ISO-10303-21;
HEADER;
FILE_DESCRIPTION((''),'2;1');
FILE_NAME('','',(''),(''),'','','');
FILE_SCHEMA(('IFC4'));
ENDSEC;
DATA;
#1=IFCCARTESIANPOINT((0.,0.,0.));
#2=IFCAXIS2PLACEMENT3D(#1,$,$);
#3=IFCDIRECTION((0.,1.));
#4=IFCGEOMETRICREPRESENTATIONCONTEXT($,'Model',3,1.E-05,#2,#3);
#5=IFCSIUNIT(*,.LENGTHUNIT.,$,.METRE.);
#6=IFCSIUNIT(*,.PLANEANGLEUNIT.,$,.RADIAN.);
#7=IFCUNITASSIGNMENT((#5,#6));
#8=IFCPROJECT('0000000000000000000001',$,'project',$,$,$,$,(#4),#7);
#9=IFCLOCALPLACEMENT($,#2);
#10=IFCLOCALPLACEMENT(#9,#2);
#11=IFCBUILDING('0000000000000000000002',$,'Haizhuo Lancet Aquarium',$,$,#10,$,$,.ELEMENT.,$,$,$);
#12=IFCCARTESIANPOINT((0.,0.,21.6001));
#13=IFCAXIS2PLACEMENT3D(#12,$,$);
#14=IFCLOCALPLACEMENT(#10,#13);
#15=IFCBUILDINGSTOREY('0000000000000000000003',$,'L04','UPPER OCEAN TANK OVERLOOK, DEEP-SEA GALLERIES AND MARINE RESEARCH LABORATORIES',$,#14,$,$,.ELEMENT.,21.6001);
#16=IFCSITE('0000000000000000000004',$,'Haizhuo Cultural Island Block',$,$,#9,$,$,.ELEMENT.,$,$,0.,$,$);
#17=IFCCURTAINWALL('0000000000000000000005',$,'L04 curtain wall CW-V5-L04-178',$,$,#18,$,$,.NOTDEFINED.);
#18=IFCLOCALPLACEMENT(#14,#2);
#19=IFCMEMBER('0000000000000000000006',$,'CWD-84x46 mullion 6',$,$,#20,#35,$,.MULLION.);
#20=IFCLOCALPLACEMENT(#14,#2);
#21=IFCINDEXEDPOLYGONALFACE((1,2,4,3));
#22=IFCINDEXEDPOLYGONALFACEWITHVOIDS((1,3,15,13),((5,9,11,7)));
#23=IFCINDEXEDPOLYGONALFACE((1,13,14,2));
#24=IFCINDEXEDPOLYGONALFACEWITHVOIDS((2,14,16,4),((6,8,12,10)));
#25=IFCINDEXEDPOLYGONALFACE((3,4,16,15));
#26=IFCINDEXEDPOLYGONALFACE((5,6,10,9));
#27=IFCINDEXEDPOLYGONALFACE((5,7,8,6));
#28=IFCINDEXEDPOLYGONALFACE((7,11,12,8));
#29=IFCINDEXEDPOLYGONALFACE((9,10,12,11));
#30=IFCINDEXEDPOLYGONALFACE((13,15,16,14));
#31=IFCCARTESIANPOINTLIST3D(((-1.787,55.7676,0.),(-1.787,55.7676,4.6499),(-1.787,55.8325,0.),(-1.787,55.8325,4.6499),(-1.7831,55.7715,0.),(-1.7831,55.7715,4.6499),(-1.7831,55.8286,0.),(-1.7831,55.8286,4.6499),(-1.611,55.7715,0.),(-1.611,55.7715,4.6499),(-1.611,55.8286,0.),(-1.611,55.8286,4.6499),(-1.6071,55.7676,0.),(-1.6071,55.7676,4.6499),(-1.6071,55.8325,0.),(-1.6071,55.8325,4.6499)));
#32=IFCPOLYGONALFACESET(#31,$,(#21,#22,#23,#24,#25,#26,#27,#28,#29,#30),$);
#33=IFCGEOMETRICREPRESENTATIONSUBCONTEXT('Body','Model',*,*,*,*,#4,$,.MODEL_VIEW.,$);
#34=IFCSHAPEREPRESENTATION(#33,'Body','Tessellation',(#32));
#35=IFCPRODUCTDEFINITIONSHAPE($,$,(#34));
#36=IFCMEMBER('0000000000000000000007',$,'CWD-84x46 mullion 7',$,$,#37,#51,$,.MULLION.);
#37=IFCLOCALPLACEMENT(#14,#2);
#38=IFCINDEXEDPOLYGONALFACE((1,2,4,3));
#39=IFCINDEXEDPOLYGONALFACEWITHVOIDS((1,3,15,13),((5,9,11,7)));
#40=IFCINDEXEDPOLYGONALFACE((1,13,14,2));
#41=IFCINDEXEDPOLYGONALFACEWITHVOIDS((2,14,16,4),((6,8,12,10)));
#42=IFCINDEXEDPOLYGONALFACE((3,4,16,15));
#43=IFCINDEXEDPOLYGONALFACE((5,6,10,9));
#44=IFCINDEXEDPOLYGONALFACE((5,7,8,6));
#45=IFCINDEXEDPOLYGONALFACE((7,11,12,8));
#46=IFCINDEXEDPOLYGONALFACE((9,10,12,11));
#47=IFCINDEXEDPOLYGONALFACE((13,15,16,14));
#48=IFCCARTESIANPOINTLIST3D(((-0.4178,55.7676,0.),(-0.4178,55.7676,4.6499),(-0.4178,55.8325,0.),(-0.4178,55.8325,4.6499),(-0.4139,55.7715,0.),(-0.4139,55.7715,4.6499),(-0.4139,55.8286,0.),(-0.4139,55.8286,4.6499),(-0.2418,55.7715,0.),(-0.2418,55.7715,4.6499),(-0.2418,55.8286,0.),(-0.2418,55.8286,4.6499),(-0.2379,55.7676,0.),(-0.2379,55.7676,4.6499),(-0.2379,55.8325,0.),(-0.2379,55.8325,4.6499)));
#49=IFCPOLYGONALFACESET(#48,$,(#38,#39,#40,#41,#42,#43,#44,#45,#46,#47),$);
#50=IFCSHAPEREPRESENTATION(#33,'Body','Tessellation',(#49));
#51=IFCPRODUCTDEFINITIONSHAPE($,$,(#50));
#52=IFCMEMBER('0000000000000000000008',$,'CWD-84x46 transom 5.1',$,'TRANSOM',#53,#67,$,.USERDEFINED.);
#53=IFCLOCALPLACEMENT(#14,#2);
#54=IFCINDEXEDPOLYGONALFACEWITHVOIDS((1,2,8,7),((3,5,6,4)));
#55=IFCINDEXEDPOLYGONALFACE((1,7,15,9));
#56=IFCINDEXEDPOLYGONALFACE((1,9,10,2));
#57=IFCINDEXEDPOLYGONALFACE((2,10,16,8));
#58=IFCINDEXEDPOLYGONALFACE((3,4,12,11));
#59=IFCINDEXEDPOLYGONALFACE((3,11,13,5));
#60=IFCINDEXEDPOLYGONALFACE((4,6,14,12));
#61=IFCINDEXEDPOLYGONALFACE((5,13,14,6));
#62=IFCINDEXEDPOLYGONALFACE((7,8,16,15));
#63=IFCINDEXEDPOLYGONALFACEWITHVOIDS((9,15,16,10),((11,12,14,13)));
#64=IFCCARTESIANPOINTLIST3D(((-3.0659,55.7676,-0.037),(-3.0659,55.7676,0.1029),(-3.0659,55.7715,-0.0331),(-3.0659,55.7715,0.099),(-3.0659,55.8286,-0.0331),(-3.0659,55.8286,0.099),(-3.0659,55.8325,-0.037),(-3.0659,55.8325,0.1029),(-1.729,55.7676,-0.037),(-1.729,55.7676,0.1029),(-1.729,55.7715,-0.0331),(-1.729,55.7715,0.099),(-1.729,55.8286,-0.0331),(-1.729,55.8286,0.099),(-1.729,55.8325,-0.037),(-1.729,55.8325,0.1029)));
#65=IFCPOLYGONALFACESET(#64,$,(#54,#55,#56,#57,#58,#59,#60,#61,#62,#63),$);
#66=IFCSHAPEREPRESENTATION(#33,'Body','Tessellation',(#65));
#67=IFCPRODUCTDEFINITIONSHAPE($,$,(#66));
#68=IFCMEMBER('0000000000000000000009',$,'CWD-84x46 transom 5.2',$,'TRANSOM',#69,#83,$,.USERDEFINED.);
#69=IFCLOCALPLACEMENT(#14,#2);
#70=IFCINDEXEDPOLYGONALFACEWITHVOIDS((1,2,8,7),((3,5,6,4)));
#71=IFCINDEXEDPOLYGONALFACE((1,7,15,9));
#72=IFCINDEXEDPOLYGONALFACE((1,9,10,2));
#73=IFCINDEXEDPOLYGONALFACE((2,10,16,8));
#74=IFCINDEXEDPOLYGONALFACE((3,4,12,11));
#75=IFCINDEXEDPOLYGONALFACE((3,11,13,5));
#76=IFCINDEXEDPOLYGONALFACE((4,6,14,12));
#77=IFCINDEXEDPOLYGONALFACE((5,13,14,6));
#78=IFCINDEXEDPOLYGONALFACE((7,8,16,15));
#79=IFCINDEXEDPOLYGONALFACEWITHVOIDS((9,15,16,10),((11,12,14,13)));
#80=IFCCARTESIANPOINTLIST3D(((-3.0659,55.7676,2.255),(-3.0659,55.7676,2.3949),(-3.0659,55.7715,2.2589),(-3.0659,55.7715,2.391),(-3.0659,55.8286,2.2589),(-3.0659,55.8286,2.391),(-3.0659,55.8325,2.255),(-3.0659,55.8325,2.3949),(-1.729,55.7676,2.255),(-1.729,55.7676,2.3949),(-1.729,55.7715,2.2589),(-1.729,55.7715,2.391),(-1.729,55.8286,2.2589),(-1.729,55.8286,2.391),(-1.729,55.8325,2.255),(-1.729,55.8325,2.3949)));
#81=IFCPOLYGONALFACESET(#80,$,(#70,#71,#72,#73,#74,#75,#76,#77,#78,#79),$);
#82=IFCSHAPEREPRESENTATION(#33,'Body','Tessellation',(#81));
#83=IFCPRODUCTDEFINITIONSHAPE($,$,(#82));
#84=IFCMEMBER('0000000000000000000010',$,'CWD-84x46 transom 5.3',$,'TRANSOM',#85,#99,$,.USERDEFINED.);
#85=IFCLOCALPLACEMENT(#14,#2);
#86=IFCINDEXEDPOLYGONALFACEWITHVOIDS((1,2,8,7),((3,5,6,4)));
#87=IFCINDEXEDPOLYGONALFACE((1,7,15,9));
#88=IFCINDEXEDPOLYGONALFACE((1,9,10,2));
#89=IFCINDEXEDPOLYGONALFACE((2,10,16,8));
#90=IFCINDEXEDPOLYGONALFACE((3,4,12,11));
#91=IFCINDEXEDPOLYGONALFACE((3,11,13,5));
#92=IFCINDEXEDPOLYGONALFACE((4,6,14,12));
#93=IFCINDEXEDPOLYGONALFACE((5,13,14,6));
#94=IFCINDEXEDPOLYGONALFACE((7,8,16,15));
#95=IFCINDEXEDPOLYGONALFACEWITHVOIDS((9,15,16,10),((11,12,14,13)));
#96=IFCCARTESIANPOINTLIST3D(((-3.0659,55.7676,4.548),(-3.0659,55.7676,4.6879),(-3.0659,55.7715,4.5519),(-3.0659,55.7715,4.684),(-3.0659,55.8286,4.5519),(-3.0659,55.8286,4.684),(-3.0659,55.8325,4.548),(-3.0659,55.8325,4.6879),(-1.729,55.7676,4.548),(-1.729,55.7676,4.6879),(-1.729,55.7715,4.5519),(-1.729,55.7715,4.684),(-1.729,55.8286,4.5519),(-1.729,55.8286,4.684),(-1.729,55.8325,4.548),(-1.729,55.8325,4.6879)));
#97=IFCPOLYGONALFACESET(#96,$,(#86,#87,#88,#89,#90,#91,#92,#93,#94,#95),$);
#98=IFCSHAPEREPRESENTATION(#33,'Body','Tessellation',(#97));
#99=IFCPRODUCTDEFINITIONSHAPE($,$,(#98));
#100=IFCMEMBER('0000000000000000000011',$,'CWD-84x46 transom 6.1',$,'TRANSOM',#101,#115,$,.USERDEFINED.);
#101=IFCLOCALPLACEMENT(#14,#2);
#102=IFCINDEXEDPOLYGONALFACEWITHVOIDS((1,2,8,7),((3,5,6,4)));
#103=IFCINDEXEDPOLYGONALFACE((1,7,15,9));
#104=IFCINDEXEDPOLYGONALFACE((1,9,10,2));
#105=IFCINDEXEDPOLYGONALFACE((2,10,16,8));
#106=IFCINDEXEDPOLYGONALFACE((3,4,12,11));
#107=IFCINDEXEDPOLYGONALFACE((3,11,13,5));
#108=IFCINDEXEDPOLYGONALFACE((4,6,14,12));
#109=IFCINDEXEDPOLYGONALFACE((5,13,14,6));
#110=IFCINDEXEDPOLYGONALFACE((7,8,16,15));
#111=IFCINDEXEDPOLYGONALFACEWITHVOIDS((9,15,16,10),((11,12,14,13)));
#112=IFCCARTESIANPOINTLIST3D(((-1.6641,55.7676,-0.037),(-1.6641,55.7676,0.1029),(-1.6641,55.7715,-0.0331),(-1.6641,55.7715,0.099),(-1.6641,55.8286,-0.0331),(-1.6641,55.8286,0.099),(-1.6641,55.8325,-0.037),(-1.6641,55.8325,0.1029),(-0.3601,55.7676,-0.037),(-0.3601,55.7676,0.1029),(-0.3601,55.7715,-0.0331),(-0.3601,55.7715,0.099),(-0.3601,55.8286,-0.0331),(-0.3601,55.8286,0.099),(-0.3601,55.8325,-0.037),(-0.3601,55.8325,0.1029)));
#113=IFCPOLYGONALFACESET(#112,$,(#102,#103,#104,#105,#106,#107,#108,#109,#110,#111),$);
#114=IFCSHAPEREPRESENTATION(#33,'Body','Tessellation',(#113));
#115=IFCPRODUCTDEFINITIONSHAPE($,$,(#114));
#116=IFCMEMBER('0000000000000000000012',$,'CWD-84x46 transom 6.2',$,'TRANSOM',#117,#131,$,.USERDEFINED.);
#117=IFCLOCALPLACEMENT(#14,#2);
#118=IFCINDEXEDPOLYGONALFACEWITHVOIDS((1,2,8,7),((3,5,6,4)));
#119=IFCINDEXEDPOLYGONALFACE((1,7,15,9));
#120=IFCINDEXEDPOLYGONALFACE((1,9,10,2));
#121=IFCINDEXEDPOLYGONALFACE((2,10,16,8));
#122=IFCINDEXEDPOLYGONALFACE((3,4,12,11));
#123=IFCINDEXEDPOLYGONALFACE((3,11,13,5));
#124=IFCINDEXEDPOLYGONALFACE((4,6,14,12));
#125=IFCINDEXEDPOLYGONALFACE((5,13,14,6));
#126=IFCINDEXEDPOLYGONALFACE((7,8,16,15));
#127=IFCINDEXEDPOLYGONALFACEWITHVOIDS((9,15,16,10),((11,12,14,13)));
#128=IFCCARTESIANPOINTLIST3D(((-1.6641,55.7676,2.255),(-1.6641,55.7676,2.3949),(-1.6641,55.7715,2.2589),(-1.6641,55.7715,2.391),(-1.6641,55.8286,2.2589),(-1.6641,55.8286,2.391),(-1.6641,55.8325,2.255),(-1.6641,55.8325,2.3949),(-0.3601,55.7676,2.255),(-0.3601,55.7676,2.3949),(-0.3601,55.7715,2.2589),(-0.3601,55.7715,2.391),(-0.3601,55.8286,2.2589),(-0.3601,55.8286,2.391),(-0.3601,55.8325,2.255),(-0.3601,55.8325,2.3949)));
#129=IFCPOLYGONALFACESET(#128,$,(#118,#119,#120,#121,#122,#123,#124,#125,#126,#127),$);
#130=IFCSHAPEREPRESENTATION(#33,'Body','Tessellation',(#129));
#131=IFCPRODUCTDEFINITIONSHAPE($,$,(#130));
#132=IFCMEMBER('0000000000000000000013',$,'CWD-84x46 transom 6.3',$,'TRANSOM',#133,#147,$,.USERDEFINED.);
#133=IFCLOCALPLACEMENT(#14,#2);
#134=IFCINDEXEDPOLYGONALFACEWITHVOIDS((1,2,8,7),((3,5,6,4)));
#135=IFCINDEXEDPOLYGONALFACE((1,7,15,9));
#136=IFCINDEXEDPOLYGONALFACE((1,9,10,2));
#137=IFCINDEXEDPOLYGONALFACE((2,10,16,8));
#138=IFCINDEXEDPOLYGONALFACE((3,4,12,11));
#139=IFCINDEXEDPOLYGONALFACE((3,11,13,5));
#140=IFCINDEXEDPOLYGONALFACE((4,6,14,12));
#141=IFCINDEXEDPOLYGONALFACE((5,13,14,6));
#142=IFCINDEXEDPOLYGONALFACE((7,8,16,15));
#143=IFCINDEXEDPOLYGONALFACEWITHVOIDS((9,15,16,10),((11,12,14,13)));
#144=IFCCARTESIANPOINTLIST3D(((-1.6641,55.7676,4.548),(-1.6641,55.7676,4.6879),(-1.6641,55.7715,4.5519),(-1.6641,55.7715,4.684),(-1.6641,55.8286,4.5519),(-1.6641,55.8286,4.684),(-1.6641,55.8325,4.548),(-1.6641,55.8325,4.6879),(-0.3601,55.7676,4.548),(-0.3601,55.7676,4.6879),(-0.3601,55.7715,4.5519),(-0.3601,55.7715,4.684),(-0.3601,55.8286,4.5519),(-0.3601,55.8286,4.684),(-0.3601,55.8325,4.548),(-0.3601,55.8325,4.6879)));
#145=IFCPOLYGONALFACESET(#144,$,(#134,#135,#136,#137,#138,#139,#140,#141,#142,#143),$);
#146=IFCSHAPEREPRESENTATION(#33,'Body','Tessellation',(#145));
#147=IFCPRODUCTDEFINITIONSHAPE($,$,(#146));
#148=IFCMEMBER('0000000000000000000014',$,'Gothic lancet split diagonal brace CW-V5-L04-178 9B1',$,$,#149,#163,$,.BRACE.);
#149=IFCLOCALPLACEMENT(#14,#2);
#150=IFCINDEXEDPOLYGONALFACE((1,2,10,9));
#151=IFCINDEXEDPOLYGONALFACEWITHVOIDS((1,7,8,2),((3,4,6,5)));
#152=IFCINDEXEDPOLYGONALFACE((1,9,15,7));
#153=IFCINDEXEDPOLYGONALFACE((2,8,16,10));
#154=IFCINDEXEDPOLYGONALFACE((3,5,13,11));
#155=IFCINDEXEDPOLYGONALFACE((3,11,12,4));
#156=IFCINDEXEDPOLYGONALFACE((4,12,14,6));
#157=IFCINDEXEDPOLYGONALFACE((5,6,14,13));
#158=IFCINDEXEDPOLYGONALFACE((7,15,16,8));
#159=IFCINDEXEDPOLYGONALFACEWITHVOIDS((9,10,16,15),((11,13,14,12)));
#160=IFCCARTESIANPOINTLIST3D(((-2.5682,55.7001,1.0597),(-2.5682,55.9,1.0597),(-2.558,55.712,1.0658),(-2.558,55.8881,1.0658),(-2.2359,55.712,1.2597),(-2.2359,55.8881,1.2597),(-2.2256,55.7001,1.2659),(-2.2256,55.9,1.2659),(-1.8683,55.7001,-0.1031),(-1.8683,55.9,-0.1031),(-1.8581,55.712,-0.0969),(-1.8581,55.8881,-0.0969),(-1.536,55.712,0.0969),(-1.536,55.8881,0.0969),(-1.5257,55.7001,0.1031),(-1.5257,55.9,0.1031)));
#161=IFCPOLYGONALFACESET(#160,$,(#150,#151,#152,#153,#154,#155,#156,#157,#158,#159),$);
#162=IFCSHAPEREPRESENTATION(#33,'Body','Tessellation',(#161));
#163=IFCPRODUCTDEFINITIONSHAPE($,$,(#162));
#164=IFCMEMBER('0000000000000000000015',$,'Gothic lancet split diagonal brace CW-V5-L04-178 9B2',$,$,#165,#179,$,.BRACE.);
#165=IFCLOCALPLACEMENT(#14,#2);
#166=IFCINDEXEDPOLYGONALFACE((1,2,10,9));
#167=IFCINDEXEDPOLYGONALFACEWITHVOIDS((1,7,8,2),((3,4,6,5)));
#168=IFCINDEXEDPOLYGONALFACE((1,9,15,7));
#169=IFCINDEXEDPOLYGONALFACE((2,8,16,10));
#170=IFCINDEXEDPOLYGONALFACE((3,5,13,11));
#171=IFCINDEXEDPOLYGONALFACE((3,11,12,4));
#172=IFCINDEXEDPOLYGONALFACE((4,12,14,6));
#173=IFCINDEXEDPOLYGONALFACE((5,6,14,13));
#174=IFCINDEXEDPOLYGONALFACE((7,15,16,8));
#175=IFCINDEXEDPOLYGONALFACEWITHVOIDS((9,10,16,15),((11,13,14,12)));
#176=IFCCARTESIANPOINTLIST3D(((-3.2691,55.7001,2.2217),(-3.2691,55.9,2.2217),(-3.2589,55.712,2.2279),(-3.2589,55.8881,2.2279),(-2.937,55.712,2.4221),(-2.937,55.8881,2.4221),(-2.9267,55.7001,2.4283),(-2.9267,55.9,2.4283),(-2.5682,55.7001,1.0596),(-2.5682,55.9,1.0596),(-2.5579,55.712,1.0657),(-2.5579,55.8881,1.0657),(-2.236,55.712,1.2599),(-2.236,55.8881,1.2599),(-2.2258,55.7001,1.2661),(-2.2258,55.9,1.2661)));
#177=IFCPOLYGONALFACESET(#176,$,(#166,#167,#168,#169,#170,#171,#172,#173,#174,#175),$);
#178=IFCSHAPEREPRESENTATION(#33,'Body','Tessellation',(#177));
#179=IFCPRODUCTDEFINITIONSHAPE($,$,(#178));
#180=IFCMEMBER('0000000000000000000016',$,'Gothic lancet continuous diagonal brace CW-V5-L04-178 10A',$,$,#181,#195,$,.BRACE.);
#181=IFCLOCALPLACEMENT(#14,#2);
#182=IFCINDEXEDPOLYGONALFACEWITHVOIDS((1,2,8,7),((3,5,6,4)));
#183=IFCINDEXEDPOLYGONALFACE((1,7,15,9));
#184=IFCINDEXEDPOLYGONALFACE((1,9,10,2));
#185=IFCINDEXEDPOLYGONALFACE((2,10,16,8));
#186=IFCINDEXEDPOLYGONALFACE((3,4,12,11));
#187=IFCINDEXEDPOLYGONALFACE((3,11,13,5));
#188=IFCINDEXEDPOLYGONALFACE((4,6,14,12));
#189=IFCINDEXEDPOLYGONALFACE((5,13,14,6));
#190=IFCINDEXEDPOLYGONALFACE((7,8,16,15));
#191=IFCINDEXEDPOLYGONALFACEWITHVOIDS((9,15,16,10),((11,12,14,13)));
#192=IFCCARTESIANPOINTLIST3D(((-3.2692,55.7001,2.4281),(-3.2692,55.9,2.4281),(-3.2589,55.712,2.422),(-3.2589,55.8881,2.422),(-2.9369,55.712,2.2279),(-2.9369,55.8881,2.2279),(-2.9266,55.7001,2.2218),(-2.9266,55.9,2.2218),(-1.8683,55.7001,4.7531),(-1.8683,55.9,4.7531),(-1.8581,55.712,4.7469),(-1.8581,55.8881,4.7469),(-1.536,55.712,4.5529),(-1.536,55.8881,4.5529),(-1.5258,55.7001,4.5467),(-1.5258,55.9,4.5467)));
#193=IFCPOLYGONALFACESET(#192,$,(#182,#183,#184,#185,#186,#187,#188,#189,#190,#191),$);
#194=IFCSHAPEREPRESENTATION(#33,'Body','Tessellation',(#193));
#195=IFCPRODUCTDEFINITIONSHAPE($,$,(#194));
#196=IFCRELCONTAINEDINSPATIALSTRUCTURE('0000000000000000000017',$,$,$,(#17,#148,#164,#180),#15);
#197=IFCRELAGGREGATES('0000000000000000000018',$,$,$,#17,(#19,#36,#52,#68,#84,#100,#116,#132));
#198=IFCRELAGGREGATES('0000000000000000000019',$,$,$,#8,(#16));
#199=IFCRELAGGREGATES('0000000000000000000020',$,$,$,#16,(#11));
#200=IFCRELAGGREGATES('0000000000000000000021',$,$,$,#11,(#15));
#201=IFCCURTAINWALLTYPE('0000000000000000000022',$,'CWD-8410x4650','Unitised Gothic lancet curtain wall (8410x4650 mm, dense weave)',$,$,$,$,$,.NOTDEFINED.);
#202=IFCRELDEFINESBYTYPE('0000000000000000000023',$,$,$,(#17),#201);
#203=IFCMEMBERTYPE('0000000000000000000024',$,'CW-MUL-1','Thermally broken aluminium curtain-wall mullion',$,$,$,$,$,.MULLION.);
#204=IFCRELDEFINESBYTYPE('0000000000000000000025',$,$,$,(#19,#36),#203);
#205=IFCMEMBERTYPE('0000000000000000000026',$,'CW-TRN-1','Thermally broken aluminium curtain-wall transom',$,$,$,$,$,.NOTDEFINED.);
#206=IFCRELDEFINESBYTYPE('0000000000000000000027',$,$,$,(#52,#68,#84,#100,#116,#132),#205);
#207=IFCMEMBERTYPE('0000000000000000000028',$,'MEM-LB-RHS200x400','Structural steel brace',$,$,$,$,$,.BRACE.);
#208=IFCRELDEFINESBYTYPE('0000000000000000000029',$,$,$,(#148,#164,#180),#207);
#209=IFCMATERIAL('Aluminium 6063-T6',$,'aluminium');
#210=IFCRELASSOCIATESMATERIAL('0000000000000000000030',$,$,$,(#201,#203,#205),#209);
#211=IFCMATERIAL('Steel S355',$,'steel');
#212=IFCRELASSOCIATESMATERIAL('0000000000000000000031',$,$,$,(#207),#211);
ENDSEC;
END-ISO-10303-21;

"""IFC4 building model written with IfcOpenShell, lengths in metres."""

from ifc_helpers import new_model, si_unit, direction, frame, origin, origin_2d, place, context, subcontext, project, spatial, hollow_rectangle, extrude, material, material_profile, profile_set, type_object, element, aggregate, save


model = new_model("IFC4")

# Units and contexts
model_context = context("Model", 3, precision=1e-05, world=origin(), true_north=direction((0.0, 1.0)))
body_context = subcontext(model_context, "Body", "Model", "MODEL_VIEW")
ifc_project = project(units=[si_unit("LENGTHUNIT", "METRE"), si_unit("PLANEANGLEUNIT", "RADIAN")], contexts=[model_context])

# Site, building, storey
site_placement = place(None, origin())
site = spatial("IfcSite", under=ifc_project, at=site_placement, Name="Haizhuo Cultural Island Block", CompositionType="ELEMENT", RefElevation=0.0)
building_placement = place(site_placement, origin())
building = spatial("IfcBuilding", under=site, at=building_placement, Name="Haizhuo Lancet Aquarium", CompositionType="ELEMENT")
storey_placement = place(building_placement, frame((0.0, 0.0, 21.6001)))
storey = spatial("IfcBuildingStorey", under=building, at=storey_placement, Name="L04", Description="UPPER OCEAN TANK OVERLOOK, DEEP-SEA GALLERIES AND MARINE RESEARCH LABORATORIES", CompositionType="ELEMENT", Elevation=21.6001)

# Curtain wall, members
ifc_material_1 = material(Name="Aluminium 6063-T6", Category="aluminium")
curtain_wall_type = type_object("IfcCurtainWallType", Name="CWD-8410x4650", Description="Unitised Gothic lancet curtain wall (8410x4650 mm, dense weave)", PredefinedType="NOTDEFINED", material=ifc_material_1)
curtain_wall_placement = place(storey_placement, origin())
curtain_wall = element("IfcCurtainWall", 1, at=curtain_wall_placement, inside=storey, type_object=curtain_wall_type, Name="L04 curtain wall CW-V5-L04-178", PredefinedType="NOTDEFINED")
ifc_material_profile_1 = material_profile(ifc_material_1, hollow_rectangle(XDim=0.0649, YDim=0.1799, WallThickness=0.0039, at=origin_2d()), Name="ALU-M 65x180x4")
ifc_profile_set_1 = profile_set([ifc_material_profile_1], Name="Aluminium 6063-T6")
member_type_1 = type_object("IfcMemberType", Name="CW-MUL-1", Description="Thermally broken aluminium curtain-wall mullion", PredefinedType="MULLION", material=ifc_profile_set_1)
member_1_placement = place(storey_placement, frame((-1.697, 55.8, 0.0), z_axis=(0.0, 0.0, 1.0), x_axis=(0.0, 1.0, 0.0)))
member_1 = element("IfcMember", 2, at=member_1_placement, type_object=member_type_1, Name="CWD-84x46 mullion 6", PredefinedType="MULLION", context=body_context, shape_type="SweptSolid", body=[
    extrude(hollow_rectangle(XDim=0.0649, YDim=0.1799, WallThickness=0.0039, at=origin_2d()), origin(), (0.0, 0.0, 1.0), 4.6499),
])
member_2_placement = place(storey_placement, frame((-0.3279, 55.8, 0.0), z_axis=(0.0, 0.0, 1.0), x_axis=(0.0, 1.0, 0.0)))
member_2 = element("IfcMember", 3, at=member_2_placement, type_object=member_type_1, Name="CWD-84x46 mullion 7", PredefinedType="MULLION", context=body_context, shape_type="SweptSolid", body=[
    extrude(hollow_rectangle(XDim=0.0649, YDim=0.1799, WallThickness=0.0039, at=origin_2d()), origin(), (0.0, 0.0, 1.0), 4.6499),
])
ifc_material_profile_2 = material_profile(ifc_material_1, hollow_rectangle(XDim=0.0649, YDim=0.1399, WallThickness=0.0039, at=origin_2d()), Name="ALU-T 65x140x4")
ifc_profile_set_2 = profile_set([ifc_material_profile_2], Name="Aluminium 6063-T6")
member_type_2 = type_object("IfcMemberType", Name="CW-TRN-1", Description="Thermally broken aluminium curtain-wall transom", PredefinedType="NOTDEFINED", material=ifc_profile_set_2)
member_3_placement = place(storey_placement, frame((-3.0659, 55.8, 0.033), z_axis=(1.0, 0.0, 0.0), x_axis=(0.0, 1.0, 0.0)))
member_3 = element("IfcMember", 4, at=member_3_placement, type_object=member_type_2, Name="CWD-84x46 transom 5.1", ObjectType="TRANSOM", PredefinedType="USERDEFINED", context=body_context, shape_type="SweptSolid", body=[
    extrude(hollow_rectangle(XDim=0.0649, YDim=0.1399, WallThickness=0.0039, at=origin_2d()), origin(), (0.0, 0.0, 1.0), 1.3369),
])
member_4_placement = place(storey_placement, frame((-3.0659, 55.8, 2.325), z_axis=(1.0, 0.0, 0.0), x_axis=(0.0, 1.0, 0.0)))
member_4 = element("IfcMember", 5, at=member_4_placement, type_object=member_type_2, Name="CWD-84x46 transom 5.2", ObjectType="TRANSOM", PredefinedType="USERDEFINED", context=body_context, shape_type="SweptSolid", body=[
    extrude(hollow_rectangle(XDim=0.0649, YDim=0.1399, WallThickness=0.0039, at=origin_2d()), origin(), (0.0, 0.0, 1.0), 1.3369),
])
member_5_placement = place(storey_placement, frame((-3.0659, 55.8, 4.6179), z_axis=(1.0, 0.0, 0.0), x_axis=(0.0, 1.0, 0.0)))
member_5 = element("IfcMember", 6, at=member_5_placement, type_object=member_type_2, Name="CWD-84x46 transom 5.3", ObjectType="TRANSOM", PredefinedType="USERDEFINED", context=body_context, shape_type="SweptSolid", body=[
    extrude(hollow_rectangle(XDim=0.0649, YDim=0.1399, WallThickness=0.0039, at=origin_2d()), origin(), (0.0, 0.0, 1.0), 1.3369),
])
member_6_placement = place(storey_placement, frame((-1.6641, 55.8, 0.033), z_axis=(1.0, 0.0, 0.0), x_axis=(0.0, 1.0, 0.0)))
member_6 = element("IfcMember", 7, at=member_6_placement, type_object=member_type_2, Name="CWD-84x46 transom 6.1", ObjectType="TRANSOM", PredefinedType="USERDEFINED", context=body_context, shape_type="SweptSolid", body=[
    extrude(hollow_rectangle(XDim=0.0649, YDim=0.1399, WallThickness=0.0039, at=origin_2d()), origin(), (0.0, 0.0, 1.0), 1.304),
])
member_7_placement = place(storey_placement, frame((-1.6641, 55.8, 2.325), z_axis=(1.0, 0.0, 0.0), x_axis=(0.0, 1.0, 0.0)))
member_7 = element("IfcMember", 8, at=member_7_placement, type_object=member_type_2, Name="CWD-84x46 transom 6.2", ObjectType="TRANSOM", PredefinedType="USERDEFINED", context=body_context, shape_type="SweptSolid", body=[
    extrude(hollow_rectangle(XDim=0.0649, YDim=0.1399, WallThickness=0.0039, at=origin_2d()), origin(), (0.0, 0.0, 1.0), 1.304),
])
member_8_placement = place(storey_placement, frame((-1.6641, 55.8, 4.6179), z_axis=(1.0, 0.0, 0.0), x_axis=(0.0, 1.0, 0.0)))
member_8 = element("IfcMember", 9, at=member_8_placement, type_object=member_type_2, Name="CWD-84x46 transom 6.3", ObjectType="TRANSOM", PredefinedType="USERDEFINED", context=body_context, shape_type="SweptSolid", body=[
    extrude(hollow_rectangle(XDim=0.0649, YDim=0.1399, WallThickness=0.0039, at=origin_2d()), origin(), (0.0, 0.0, 1.0), 1.304),
])

# Members
ifc_material_2 = material(Name="Steel S355", Category="steel")
ifc_material_profile_3 = material_profile(ifc_material_2, hollow_rectangle(XDim=0.2, YDim=0.3999, WallThickness=0.012, at=origin_2d()), Name="RHS 200x400x12")
ifc_profile_set_3 = profile_set([ifc_material_profile_3], Name="Steel S355")
member_type_3 = type_object("IfcMemberType", Name="MEM-LB-RHS200x400", Description="Structural steel brace", PredefinedType="BRACE", material=ifc_profile_set_3)
for number, where, z_axis, x_axis, name in (
    (10, (-1.697, 55.8, 0.0), (-0.515712, 0.0, 0.856762), (0.0, -1.0, 0.0), "Gothic lancet split diagonal brace CW-V5-L04-178 9B1"),
    (11, (-2.397, 55.8, 1.1628), (-0.516479, 0.0, 0.8563), (0.0, -1.0, 0.0), "Gothic lancet split diagonal brace CW-V5-L04-178 9B2"),
):
    element("IfcMember", number, at=place(storey_placement, frame(where, z_axis=z_axis, x_axis=x_axis)), inside=storey, type_object=member_type_3, Name=name, PredefinedType="BRACE", context=body_context, shape_type="SweptSolid", body=[
        extrude(hollow_rectangle(XDim=0.2, YDim=0.3999, WallThickness=0.012, at=origin_2d()), origin(), (0.0, 0.0, 1.0), 1.3572),
    ])
member_9_placement = place(storey_placement, frame((-3.0979, 55.8, 2.325), z_axis=(0.516095, 0.0, 0.856531), x_axis=(0.0, 1.0, 0.0)))
element("IfcMember", 12, at=member_9_placement, inside=storey, type_object=member_type_3, Name="Gothic lancet continuous diagonal brace CW-V5-L04-178 10A", PredefinedType="BRACE", context=body_context, shape_type="SweptSolid", body=[
    extrude(hollow_rectangle(XDim=0.2, YDim=0.3999, WallThickness=0.012, at=origin_2d()), origin(), (0.0, 0.0, 1.0), 2.7144),
])

aggregate(curtain_wall, [member_1, member_2, member_3, member_4, member_5, member_6, member_7, member_8])

save(model, "model.ifc")
